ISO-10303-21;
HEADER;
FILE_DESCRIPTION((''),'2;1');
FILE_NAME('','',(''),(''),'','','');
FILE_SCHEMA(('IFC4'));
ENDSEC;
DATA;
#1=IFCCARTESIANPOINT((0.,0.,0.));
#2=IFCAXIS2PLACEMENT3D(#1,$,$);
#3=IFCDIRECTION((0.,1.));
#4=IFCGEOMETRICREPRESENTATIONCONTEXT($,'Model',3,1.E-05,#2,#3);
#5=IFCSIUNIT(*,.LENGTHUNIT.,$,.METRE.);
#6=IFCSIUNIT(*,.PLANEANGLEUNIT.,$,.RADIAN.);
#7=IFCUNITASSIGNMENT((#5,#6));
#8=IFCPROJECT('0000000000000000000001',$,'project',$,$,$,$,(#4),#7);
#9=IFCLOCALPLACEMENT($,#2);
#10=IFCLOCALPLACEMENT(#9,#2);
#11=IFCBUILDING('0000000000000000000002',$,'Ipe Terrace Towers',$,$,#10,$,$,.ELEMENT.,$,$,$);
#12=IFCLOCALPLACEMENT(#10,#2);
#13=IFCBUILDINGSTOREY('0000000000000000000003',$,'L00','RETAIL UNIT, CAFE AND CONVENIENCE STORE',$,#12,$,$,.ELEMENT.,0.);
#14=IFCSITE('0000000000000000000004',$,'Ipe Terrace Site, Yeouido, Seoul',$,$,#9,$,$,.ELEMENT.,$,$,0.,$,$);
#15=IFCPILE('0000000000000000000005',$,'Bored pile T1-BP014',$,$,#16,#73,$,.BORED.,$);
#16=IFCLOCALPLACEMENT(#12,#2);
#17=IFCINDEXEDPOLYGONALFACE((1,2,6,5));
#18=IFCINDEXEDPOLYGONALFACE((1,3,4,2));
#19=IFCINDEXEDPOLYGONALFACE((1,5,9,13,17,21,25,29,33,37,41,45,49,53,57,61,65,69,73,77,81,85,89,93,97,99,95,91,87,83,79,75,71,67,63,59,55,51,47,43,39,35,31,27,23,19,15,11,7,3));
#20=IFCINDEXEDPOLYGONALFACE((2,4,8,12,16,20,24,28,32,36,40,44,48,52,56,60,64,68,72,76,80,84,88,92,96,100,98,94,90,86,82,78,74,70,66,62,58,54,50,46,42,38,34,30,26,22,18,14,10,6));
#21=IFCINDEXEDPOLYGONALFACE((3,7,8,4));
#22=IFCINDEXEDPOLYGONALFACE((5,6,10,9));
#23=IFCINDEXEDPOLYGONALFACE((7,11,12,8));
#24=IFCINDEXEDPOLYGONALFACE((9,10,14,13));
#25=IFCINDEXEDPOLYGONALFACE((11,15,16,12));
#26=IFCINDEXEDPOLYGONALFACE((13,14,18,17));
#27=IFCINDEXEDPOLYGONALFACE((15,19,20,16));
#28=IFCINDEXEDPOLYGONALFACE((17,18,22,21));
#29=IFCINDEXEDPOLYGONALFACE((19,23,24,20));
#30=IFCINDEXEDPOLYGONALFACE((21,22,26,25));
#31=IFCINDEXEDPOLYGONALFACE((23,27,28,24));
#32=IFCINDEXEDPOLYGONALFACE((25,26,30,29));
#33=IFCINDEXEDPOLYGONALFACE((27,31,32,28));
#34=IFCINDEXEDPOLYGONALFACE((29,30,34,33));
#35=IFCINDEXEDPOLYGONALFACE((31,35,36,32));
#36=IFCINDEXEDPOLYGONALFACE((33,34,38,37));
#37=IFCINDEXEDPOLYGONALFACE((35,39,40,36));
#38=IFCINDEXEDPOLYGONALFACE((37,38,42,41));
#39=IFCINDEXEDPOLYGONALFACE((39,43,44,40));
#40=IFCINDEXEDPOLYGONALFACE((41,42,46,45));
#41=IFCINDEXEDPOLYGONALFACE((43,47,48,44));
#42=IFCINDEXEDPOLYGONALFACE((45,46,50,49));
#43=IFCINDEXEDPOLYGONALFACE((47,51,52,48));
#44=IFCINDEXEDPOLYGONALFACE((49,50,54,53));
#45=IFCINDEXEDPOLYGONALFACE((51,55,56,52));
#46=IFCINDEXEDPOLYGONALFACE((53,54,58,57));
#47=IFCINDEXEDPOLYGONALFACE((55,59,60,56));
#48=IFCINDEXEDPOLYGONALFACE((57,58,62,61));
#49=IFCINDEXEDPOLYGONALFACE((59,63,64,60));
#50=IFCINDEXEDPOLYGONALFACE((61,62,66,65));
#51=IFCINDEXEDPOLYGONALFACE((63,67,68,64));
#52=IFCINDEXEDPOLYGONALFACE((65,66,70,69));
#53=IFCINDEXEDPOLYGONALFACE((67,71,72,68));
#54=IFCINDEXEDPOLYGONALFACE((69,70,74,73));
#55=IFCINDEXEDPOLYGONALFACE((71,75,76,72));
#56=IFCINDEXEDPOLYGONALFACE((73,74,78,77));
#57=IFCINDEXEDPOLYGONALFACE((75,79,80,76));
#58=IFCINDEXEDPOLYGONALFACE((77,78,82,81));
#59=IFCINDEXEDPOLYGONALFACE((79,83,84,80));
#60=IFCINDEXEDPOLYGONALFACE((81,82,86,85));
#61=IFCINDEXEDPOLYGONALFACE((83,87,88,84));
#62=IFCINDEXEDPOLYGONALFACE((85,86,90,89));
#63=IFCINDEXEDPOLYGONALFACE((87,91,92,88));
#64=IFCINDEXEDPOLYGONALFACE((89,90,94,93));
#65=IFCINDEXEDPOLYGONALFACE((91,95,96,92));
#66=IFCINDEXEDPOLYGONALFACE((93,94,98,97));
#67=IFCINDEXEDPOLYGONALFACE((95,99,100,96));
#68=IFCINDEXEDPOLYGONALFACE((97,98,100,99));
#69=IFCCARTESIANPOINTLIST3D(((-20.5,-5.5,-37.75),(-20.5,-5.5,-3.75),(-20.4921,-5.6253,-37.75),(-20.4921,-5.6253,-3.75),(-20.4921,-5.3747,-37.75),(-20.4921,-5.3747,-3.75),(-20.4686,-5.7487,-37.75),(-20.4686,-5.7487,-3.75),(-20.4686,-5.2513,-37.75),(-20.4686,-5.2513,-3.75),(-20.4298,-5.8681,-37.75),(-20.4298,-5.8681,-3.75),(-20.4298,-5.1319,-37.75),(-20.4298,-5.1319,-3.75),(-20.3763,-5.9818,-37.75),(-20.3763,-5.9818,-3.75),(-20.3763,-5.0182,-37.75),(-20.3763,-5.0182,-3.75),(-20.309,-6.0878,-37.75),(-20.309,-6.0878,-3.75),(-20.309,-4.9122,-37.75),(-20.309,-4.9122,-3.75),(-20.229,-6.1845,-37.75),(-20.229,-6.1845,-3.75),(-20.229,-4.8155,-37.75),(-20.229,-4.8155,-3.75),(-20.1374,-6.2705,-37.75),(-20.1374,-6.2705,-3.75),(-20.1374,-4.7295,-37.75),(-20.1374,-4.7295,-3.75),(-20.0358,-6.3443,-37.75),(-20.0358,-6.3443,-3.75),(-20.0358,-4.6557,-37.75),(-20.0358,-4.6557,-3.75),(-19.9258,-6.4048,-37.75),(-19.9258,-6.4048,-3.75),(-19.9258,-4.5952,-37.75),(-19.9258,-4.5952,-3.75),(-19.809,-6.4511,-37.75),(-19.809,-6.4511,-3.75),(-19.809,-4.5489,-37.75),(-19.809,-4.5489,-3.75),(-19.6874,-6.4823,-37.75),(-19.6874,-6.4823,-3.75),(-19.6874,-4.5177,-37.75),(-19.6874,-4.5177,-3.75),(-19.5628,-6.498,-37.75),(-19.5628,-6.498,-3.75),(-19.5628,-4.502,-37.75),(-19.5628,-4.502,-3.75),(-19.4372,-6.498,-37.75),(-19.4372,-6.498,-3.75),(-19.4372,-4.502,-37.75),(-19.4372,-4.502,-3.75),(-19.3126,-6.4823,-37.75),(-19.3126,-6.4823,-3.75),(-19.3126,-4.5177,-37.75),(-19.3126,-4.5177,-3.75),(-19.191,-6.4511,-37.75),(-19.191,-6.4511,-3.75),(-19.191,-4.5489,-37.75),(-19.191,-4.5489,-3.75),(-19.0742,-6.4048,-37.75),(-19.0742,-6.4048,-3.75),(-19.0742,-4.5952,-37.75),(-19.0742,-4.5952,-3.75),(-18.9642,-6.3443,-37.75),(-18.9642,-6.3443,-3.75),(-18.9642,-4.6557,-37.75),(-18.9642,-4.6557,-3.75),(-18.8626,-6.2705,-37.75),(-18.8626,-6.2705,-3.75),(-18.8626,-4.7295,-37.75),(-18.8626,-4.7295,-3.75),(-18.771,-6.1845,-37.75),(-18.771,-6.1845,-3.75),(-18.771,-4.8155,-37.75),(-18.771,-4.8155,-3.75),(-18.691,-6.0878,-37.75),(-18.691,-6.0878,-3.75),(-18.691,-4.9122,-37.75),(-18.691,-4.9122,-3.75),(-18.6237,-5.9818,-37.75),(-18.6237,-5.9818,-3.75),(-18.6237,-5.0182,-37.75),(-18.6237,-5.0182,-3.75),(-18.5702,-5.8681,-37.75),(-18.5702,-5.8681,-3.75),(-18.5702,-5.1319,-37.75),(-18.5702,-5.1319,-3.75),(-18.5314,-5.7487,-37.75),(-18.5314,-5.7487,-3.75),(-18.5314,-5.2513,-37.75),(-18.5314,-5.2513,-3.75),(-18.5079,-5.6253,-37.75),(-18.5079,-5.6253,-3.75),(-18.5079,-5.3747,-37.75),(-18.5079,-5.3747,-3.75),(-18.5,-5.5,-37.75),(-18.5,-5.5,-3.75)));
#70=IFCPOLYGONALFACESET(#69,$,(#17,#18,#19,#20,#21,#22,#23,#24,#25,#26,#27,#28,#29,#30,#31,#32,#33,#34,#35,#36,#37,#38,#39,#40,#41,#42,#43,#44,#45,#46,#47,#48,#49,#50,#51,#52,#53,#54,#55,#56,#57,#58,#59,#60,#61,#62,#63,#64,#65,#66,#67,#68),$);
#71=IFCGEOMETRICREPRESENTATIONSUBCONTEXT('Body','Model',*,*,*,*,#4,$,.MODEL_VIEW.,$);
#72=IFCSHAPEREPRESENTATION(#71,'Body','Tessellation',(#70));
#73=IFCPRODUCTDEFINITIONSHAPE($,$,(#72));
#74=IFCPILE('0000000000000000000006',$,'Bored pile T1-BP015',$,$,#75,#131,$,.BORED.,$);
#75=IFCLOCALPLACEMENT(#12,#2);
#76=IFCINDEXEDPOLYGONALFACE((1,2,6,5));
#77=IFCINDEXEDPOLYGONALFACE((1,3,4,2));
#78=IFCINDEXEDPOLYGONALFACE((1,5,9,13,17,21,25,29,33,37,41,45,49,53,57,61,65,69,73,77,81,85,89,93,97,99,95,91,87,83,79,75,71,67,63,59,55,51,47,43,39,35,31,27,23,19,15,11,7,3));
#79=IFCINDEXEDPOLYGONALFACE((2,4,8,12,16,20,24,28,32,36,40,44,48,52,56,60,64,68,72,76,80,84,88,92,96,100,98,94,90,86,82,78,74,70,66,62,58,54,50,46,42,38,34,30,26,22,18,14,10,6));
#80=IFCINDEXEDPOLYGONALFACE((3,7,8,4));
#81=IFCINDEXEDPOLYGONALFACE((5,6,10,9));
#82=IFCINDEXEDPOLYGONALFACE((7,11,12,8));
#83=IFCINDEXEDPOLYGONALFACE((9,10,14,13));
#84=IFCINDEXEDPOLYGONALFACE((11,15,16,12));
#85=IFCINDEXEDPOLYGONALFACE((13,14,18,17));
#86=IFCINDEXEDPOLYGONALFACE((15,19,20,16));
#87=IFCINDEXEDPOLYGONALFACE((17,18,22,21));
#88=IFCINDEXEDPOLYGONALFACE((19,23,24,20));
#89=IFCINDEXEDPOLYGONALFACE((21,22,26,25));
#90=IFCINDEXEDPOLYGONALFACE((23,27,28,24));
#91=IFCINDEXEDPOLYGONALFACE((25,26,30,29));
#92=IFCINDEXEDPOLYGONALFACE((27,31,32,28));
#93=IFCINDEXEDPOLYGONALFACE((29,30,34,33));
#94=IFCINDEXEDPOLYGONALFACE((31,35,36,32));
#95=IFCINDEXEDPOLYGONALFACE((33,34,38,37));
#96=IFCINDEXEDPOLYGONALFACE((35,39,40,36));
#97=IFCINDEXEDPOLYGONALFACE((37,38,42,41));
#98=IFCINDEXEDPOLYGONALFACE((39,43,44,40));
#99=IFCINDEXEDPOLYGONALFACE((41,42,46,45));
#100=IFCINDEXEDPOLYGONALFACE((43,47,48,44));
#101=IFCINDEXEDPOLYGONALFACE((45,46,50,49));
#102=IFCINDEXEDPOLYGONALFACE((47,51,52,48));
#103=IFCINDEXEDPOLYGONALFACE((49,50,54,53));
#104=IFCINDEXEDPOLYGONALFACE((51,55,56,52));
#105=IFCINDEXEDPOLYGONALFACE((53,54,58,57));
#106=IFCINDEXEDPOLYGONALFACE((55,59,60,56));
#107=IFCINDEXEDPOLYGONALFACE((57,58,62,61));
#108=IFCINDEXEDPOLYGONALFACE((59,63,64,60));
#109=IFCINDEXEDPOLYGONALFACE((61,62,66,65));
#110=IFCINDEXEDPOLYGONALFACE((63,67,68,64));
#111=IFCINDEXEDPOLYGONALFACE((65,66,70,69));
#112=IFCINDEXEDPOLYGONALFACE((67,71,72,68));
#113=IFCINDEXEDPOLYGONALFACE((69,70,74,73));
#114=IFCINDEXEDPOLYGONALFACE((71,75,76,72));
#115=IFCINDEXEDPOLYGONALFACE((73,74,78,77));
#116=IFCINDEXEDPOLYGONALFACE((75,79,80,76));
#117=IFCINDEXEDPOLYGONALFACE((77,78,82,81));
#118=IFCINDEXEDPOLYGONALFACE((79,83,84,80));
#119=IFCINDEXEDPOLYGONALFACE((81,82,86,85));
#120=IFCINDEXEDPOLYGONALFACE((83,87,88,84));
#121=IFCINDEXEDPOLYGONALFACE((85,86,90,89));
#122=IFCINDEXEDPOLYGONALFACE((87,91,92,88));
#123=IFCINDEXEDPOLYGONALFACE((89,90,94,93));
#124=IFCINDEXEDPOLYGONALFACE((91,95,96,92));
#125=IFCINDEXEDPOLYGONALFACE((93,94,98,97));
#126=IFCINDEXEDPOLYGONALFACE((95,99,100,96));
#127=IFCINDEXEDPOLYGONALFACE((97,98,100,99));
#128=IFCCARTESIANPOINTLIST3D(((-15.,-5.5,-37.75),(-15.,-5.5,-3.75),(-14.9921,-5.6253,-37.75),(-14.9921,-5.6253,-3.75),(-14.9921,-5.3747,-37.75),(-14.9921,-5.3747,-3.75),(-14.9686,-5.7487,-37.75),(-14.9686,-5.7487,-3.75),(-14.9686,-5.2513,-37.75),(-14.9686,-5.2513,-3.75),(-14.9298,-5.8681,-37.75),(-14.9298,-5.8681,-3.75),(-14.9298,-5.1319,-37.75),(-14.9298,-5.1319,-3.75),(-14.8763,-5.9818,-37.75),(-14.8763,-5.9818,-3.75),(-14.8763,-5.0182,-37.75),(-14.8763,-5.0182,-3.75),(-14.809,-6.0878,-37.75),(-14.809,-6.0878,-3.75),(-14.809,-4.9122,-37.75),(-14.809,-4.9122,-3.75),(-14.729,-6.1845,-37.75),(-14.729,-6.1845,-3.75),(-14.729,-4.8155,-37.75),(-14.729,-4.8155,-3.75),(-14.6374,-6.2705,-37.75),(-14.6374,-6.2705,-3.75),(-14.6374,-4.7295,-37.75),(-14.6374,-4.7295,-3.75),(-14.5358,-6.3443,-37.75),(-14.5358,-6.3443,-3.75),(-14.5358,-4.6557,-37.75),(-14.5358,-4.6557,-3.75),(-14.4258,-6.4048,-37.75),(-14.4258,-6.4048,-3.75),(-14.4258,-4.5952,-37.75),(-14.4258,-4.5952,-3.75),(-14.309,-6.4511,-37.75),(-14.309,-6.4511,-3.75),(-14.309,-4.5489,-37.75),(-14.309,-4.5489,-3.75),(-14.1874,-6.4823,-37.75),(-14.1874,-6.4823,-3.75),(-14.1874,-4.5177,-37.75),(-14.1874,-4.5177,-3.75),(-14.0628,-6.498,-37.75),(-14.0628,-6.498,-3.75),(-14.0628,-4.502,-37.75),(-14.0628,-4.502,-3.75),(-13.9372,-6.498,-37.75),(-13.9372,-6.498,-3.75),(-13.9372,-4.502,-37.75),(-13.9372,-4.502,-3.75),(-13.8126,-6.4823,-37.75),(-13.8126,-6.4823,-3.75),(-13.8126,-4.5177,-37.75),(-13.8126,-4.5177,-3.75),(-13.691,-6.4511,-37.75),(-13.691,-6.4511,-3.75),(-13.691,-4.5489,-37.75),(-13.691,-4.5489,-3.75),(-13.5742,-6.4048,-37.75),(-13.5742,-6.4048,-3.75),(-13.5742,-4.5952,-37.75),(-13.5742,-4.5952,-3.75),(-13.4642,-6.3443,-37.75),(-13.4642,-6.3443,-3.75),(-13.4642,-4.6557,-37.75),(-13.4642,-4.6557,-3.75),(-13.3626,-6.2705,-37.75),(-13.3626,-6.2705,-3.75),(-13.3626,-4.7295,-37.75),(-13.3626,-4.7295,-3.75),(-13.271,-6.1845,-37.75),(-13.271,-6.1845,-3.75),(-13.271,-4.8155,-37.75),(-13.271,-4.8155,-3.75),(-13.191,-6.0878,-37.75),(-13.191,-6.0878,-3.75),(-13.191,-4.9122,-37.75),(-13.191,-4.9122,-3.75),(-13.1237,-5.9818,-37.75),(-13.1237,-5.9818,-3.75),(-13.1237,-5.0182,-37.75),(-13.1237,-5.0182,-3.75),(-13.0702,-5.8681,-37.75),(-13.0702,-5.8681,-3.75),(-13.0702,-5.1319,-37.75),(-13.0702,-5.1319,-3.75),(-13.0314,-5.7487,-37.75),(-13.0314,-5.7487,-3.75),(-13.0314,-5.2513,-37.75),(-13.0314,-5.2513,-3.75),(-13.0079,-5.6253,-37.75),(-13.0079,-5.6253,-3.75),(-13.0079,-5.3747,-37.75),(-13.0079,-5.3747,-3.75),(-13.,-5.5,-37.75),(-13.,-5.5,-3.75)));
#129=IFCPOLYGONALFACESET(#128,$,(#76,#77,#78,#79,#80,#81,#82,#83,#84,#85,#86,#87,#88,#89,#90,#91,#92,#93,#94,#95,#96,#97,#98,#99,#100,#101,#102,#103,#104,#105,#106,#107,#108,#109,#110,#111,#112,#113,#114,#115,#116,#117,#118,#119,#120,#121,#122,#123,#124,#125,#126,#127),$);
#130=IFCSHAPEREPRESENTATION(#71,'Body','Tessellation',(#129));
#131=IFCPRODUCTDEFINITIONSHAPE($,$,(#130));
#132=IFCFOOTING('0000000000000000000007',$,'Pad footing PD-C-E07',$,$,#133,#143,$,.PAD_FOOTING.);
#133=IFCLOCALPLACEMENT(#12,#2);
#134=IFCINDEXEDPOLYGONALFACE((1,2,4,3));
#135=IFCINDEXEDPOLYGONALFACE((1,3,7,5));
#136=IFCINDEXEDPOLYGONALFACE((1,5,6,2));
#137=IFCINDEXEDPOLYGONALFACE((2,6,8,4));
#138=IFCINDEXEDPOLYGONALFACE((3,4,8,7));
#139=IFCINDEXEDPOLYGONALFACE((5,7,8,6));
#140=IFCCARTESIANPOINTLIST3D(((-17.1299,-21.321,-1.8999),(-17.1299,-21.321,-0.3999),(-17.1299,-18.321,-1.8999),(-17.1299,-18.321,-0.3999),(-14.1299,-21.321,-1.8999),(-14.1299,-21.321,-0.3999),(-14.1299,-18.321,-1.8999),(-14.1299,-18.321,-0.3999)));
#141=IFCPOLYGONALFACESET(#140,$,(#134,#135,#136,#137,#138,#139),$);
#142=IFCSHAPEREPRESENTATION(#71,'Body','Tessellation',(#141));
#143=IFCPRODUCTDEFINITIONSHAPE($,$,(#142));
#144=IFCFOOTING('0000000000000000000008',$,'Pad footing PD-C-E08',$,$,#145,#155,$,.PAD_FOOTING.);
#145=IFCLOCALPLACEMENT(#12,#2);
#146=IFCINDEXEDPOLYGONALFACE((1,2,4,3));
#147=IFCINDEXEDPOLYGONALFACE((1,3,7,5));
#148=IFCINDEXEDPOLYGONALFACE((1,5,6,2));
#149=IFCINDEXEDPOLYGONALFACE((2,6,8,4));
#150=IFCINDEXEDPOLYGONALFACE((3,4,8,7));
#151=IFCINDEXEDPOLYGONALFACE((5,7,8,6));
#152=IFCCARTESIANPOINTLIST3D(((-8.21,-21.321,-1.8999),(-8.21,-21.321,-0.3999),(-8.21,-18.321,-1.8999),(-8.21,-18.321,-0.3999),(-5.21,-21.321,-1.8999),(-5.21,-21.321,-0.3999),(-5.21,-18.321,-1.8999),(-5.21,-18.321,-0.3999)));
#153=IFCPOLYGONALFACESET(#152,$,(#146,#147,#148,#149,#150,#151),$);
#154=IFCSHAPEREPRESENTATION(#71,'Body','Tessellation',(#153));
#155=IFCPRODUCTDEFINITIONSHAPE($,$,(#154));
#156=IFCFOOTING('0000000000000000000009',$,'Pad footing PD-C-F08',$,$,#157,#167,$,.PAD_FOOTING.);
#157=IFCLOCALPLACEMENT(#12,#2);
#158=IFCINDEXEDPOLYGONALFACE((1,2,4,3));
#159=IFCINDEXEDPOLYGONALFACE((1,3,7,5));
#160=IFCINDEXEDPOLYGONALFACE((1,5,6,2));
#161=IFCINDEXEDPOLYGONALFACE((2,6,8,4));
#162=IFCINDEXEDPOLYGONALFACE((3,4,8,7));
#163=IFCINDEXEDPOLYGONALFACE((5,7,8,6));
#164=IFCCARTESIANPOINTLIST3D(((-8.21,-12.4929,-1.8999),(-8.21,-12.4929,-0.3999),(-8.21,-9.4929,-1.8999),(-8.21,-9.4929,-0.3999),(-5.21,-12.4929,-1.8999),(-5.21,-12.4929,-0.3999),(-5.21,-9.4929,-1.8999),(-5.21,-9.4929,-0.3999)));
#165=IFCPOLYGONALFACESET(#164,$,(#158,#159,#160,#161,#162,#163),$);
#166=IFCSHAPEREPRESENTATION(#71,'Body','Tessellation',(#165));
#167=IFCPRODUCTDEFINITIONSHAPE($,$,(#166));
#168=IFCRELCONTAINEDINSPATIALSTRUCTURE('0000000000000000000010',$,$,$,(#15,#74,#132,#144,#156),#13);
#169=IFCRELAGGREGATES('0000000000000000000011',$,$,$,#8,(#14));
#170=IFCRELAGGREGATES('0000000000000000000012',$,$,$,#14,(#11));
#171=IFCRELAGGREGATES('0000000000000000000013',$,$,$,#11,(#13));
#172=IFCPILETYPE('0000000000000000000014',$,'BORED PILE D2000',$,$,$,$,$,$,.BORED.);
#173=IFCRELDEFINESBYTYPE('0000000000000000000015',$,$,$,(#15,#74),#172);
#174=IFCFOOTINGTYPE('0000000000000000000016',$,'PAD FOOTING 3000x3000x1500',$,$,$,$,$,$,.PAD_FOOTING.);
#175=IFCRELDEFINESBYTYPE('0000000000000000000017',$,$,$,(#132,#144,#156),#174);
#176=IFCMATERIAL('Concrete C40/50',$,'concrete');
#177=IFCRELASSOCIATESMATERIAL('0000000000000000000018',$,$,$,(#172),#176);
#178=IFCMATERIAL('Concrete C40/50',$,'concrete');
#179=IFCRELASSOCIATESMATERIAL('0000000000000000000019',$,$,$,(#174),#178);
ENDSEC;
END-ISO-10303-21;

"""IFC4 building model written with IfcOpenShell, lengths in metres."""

from ifc_helpers import new_model, si_unit, direction, frame, origin, origin_2d, place, context, subcontext, project, spatial, rectangle, circle, extrude, material, material_profile, profile_set, type_object, element, save


model = new_model("IFC4")

# Units and contexts
model_context = context("Model", 3, precision=1e-05, world=origin(), true_north=direction((0.0, 1.0)))
body_context = subcontext(model_context, "Body", "Model", "MODEL_VIEW")
ifc_project = project(units=[si_unit("LENGTHUNIT", "METRE"), si_unit("PLANEANGLEUNIT", "RADIAN")], contexts=[model_context])

# Site, building, storey
site_placement = place(None, origin())
site = spatial("IfcSite", under=ifc_project, at=site_placement, Name="Ipe Terrace Site, Yeouido, Seoul", CompositionType="ELEMENT", RefElevation=0.0)
building_placement = place(site_placement, origin())
building = spatial("IfcBuilding", under=site, at=building_placement, Name="Ipe Terrace Towers", CompositionType="ELEMENT")
storey_placement = place(building_placement, origin())
storey = spatial("IfcBuildingStorey", under=building, at=storey_placement, Name="L00", Description="RETAIL UNIT, CAFE AND CONVENIENCE STORE", CompositionType="ELEMENT", Elevation=0.0)

# Piles
ifc_material_1 = material(Name="Concrete C40/50", Category="concrete")
ifc_material_profile_1 = material_profile(ifc_material_1, circle(Radius=1.0, at=origin_2d()), Name="BORED PILE D2000")
ifc_profile_set_1 = profile_set([ifc_material_profile_1], Name="Concrete C40/50")
pile_type = type_object("IfcPileType", Name="BORED PILE D2000", PredefinedType="BORED", material=ifc_profile_set_1)
for number, where, z_axis, x_axis, name in (
    (1, (-19.5, -5.5, -3.75), (0.0, 0.0, -1.0), (1.0, 0.0, 0.0), "Bored pile T1-BP014"),
    (2, (-14.0, -5.5, -3.75), (0.0, 0.0, -1.0), (1.0, 0.0, 0.0), "Bored pile T1-BP015"),
):
    element("IfcPile", number, at=place(storey_placement, frame(where, z_axis=z_axis, x_axis=x_axis)), inside=storey, type_object=pile_type, Name=name, PredefinedType="BORED", context=body_context, shape_type="SweptSolid", body=[
        extrude(circle(Radius=1.0, at=origin_2d()), origin(), (0.0, 0.0, 1.0), 34.0),
    ])

# Footings
ifc_material_2 = material(Name="Concrete C40/50", Category="concrete")
footing_type = type_object("IfcFootingType", Name="PAD FOOTING 3000x3000x1500", PredefinedType="PAD_FOOTING", material=ifc_material_2)
for number, where, z_axis, x_axis, name in (
    (3, (-15.6299, -19.821, -1.8999), (0.0, 0.0, 1.0), (1.0, 0.0, 0.0), "Pad footing PD-C-E07"),
    (4, (-6.71, -19.821, -1.8999), (0.0, 0.0, 1.0), (1.0, 0.0, 0.0), "Pad footing PD-C-E08"),
    (5, (-6.71, -10.9929, -1.8999), (0.0, 0.0, 1.0), (1.0, 0.0, 0.0), "Pad footing PD-C-F08"),
):
    element("IfcFooting", number, at=place(storey_placement, frame(where, z_axis=z_axis, x_axis=x_axis)), inside=storey, type_object=footing_type, Name=name, PredefinedType="PAD_FOOTING", context=body_context, shape_type="SweptSolid", body=[
        extrude(rectangle(XDim=3.0, YDim=3.0, at=origin_2d()), origin(), (0.0, 0.0, 1.0), 1.5),
    ])

save(model, "model.ifc")
